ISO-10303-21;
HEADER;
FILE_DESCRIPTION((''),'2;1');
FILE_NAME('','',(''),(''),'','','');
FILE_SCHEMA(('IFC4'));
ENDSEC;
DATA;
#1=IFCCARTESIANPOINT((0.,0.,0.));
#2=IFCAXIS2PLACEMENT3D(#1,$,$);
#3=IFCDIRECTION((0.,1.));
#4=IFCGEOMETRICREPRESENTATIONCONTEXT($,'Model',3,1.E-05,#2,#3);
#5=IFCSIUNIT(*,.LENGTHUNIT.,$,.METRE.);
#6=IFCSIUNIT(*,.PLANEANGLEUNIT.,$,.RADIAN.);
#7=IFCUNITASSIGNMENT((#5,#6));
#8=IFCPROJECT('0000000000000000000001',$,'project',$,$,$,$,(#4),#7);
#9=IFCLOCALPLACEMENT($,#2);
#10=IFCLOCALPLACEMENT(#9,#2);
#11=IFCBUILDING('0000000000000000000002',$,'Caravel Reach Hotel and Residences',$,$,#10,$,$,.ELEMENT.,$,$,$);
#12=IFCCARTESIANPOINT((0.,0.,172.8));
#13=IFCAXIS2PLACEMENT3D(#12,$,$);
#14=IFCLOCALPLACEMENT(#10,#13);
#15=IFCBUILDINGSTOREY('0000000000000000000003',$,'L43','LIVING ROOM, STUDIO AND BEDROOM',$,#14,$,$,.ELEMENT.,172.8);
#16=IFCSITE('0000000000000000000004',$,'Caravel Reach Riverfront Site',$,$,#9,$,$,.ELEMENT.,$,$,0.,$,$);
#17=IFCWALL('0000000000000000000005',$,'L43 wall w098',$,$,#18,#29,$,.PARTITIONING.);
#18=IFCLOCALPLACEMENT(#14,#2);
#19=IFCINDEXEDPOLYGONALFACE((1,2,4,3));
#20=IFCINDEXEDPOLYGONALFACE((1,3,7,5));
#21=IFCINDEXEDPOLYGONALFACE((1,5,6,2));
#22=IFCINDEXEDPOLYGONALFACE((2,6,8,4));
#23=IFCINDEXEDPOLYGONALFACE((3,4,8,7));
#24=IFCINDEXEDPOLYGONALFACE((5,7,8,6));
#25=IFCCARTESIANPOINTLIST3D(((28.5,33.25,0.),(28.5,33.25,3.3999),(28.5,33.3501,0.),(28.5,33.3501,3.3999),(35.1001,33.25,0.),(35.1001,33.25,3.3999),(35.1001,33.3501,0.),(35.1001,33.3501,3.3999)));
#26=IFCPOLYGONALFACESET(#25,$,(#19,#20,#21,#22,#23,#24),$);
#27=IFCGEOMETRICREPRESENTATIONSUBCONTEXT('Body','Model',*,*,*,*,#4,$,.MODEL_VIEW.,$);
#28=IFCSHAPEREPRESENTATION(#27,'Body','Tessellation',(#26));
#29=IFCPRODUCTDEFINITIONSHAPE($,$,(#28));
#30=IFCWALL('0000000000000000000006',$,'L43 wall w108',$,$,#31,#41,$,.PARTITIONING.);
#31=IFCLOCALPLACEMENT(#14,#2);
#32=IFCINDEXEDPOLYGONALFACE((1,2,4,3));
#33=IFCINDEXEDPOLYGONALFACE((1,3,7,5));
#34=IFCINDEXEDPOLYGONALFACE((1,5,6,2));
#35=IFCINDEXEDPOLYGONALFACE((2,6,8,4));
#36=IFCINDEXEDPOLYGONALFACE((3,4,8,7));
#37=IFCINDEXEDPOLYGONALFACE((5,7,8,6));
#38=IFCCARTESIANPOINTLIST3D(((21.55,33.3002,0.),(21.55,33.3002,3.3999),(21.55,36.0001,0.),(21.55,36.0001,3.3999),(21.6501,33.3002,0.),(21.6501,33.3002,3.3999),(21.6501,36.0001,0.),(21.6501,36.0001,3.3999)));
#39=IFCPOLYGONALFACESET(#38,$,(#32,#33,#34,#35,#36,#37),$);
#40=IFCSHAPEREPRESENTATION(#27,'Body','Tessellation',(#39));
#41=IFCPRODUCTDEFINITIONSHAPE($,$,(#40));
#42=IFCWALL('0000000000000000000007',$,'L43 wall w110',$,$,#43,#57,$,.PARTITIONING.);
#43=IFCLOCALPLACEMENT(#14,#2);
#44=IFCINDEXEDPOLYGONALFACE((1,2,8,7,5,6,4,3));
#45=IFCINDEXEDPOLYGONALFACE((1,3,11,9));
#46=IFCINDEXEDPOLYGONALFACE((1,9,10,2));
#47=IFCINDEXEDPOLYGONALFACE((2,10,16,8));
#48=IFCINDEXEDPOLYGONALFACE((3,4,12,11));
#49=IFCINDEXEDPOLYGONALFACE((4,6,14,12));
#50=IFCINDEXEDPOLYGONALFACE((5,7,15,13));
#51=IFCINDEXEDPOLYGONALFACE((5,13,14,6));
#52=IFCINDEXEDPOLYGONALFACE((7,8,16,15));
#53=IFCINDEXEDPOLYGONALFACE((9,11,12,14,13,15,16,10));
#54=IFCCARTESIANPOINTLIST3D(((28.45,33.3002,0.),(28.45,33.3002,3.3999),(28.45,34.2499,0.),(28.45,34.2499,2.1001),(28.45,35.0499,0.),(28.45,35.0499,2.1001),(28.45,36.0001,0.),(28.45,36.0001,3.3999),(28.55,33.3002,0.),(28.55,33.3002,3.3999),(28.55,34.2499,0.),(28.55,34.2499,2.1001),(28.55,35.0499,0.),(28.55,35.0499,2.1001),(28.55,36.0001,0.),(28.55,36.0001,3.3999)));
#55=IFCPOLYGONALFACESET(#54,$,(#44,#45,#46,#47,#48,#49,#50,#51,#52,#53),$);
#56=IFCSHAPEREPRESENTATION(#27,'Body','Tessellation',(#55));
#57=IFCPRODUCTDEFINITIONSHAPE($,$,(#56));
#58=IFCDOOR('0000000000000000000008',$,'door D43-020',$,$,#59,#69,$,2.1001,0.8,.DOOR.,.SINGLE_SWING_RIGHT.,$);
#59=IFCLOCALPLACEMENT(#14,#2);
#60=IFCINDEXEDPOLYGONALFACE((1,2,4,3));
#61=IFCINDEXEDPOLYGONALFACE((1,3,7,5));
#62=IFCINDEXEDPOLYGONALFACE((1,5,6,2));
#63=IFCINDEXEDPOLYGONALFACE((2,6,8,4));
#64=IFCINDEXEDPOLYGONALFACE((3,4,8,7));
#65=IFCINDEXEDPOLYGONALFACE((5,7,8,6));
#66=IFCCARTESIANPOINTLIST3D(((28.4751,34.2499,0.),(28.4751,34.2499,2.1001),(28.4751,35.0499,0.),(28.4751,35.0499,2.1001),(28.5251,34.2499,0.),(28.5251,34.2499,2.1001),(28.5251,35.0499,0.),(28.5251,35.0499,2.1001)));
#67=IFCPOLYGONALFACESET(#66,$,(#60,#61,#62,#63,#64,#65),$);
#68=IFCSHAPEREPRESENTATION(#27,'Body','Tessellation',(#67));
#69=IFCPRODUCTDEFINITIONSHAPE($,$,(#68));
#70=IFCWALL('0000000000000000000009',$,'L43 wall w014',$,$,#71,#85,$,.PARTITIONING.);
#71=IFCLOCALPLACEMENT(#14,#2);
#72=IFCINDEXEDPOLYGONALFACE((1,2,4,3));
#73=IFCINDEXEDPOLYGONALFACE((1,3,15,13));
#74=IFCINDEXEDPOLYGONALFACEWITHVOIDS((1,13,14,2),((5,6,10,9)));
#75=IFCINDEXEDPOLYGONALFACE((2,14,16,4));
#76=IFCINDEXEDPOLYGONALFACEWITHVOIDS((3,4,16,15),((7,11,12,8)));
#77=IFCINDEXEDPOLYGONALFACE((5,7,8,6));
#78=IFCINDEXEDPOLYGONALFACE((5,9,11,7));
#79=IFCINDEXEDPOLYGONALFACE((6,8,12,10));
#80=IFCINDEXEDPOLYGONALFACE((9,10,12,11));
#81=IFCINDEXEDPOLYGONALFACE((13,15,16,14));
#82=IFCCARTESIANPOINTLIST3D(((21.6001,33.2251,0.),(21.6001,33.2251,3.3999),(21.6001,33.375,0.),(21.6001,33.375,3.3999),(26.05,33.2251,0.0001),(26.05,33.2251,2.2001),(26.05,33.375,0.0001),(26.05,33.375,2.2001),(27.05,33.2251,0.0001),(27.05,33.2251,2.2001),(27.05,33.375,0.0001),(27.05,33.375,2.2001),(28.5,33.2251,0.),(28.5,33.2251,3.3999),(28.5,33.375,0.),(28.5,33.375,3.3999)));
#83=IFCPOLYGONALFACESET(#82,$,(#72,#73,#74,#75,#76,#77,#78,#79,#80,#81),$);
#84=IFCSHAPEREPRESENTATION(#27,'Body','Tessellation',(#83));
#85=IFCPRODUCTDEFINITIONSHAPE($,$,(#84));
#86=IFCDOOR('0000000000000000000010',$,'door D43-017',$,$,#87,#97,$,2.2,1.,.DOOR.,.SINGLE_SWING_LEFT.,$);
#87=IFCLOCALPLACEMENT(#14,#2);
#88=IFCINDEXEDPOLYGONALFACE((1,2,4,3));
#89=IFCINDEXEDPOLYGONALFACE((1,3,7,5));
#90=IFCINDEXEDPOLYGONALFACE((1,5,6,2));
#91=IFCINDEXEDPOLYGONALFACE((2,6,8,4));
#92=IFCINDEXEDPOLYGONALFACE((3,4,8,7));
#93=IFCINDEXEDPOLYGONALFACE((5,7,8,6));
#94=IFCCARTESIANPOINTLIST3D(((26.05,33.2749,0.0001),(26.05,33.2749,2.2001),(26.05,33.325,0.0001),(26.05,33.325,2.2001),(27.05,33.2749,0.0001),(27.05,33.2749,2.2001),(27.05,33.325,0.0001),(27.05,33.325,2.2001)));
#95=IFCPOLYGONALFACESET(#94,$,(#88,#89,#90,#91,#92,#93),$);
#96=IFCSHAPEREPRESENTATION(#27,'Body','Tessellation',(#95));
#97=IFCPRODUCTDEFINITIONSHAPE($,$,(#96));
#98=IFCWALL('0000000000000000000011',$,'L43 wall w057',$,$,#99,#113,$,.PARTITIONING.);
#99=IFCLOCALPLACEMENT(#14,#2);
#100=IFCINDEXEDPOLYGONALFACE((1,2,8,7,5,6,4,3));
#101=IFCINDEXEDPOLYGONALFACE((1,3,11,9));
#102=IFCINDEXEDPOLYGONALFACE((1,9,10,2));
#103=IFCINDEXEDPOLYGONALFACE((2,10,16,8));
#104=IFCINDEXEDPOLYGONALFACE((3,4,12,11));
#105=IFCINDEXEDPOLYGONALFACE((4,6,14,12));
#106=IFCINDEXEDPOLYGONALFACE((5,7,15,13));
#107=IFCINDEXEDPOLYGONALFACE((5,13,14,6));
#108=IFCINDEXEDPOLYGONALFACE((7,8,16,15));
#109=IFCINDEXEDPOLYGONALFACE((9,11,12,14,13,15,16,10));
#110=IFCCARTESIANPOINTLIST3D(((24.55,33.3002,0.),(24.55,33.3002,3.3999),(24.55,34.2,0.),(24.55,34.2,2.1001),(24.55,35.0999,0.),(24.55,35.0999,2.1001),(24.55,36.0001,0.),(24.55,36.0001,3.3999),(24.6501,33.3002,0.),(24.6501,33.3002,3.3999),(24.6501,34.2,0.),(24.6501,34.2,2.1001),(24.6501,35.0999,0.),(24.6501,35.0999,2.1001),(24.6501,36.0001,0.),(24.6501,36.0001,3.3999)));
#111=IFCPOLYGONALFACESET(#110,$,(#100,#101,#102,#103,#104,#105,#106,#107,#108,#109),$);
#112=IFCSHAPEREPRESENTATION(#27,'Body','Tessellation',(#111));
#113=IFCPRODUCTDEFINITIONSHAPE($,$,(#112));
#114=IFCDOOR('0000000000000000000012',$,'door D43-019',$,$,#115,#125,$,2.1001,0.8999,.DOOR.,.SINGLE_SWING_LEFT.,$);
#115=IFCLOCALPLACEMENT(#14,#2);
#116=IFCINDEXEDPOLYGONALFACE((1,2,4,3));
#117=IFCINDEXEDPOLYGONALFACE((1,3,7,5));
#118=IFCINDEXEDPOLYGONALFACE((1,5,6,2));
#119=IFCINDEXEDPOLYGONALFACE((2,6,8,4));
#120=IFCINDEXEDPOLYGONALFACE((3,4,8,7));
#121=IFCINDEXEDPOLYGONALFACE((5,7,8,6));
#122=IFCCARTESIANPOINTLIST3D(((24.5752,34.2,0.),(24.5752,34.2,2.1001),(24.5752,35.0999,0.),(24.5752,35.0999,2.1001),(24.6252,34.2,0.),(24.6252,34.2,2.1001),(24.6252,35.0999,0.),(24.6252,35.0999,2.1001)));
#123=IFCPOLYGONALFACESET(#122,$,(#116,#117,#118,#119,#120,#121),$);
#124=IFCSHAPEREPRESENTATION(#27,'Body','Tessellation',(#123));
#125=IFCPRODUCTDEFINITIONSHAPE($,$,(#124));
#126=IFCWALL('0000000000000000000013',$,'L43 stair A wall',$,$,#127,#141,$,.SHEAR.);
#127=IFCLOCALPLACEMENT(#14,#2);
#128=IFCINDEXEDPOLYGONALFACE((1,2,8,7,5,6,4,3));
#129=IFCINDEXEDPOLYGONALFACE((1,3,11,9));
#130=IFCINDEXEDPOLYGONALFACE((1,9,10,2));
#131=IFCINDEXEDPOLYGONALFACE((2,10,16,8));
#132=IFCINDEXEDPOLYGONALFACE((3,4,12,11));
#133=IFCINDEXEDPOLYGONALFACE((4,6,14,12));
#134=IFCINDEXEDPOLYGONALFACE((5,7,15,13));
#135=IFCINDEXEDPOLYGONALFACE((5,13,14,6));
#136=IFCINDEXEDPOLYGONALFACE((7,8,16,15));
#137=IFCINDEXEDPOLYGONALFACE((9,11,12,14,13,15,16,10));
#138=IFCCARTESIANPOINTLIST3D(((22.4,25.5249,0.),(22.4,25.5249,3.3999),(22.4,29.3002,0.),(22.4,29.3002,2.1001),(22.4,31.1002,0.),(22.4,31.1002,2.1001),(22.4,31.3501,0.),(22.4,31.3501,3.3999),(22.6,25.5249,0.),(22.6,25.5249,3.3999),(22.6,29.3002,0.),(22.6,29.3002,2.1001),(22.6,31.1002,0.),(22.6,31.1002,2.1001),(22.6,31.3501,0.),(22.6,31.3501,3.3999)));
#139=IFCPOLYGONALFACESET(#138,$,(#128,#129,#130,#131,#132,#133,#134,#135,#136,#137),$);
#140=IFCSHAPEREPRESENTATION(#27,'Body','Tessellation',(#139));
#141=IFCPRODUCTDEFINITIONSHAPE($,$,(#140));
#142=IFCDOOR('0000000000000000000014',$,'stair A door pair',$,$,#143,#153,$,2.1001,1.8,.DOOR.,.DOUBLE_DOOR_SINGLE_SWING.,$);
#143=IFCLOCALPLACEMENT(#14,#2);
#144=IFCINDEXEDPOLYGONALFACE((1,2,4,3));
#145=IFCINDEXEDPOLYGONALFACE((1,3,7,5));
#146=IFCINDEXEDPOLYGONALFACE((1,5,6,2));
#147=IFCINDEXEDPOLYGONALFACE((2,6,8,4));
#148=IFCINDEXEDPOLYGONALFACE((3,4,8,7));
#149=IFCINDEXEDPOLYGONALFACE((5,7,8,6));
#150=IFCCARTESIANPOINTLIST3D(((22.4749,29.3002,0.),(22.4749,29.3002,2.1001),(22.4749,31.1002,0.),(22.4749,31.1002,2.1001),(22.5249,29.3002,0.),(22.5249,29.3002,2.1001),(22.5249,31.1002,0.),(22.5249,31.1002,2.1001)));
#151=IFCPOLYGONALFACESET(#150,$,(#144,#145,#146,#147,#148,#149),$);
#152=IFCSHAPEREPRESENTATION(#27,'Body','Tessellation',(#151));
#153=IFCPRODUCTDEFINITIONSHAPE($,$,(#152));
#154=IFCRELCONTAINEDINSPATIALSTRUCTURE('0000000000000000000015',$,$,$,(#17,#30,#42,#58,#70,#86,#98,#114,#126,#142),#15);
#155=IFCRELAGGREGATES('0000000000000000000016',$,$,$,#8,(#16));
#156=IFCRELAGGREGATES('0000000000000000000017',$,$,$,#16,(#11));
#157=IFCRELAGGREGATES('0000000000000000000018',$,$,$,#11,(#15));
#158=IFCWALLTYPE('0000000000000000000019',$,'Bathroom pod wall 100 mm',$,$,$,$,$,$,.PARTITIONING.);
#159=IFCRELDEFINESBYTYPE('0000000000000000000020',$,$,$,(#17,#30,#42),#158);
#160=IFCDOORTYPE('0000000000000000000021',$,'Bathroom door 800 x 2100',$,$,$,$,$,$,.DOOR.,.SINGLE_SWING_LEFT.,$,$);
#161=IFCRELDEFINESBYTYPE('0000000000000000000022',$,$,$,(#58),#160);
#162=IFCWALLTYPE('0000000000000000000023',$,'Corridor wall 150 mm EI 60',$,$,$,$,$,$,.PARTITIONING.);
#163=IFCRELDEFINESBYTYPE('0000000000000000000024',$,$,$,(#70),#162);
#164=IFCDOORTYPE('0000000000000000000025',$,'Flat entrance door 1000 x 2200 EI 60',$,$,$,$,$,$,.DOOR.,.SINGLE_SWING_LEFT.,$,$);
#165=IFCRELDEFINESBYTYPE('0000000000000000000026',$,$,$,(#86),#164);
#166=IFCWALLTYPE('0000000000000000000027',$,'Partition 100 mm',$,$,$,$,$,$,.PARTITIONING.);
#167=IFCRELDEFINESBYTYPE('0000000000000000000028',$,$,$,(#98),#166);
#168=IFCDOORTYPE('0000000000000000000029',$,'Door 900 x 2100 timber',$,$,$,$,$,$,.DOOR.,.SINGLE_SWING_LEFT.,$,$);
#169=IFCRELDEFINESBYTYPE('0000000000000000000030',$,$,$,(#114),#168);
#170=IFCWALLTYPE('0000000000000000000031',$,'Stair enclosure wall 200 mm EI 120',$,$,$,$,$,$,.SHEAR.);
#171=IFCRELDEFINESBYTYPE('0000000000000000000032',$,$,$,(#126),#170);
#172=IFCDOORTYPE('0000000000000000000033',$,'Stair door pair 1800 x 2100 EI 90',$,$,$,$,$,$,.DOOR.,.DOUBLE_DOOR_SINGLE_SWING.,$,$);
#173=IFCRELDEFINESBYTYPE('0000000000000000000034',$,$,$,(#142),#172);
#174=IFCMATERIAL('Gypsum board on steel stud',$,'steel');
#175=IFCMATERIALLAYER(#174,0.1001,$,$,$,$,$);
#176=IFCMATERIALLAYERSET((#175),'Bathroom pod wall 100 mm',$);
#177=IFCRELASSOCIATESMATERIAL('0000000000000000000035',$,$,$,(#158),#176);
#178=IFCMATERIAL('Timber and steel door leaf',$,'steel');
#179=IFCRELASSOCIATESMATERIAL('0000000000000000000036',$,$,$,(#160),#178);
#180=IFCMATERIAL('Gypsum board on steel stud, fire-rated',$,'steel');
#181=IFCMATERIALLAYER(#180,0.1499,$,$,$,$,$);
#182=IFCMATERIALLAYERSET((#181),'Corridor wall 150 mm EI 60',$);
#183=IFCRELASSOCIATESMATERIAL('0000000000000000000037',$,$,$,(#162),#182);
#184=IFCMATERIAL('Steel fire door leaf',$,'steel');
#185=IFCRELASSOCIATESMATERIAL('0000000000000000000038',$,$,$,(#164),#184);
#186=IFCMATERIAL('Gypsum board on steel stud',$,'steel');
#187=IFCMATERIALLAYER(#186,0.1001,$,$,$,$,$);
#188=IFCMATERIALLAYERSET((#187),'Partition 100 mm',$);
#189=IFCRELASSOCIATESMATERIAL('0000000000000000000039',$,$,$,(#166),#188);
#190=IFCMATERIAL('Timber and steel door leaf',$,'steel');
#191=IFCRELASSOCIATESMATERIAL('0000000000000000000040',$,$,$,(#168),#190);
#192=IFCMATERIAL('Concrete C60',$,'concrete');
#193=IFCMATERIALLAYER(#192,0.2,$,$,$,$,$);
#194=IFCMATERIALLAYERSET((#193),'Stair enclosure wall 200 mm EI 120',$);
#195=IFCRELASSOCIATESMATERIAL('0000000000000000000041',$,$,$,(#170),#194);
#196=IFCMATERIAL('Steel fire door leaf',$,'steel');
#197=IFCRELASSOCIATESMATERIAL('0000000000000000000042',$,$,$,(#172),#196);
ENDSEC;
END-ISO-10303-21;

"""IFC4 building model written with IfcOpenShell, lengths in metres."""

from ifc_helpers import new_model, si_unit, direction, frame, frame_2d, origin, place, context, subcontext, project, spatial, rectangle, extrude, material, layer, layer_set, type_object, element, fill, save


model = new_model("IFC4")

# Units and contexts
model_context = context("Model", 3, precision=1e-05, world=origin(), true_north=direction((0.0, 1.0)))
body_context = subcontext(model_context, "Body", "Model", "MODEL_VIEW")
ifc_project = project(units=[si_unit("LENGTHUNIT", "METRE"), si_unit("PLANEANGLEUNIT", "RADIAN")], contexts=[model_context])

# Site, building, storey
site_placement = place(None, origin())
site = spatial("IfcSite", under=ifc_project, at=site_placement, Name="Caravel Reach Riverfront Site", CompositionType="ELEMENT", RefElevation=0.0)
building_placement = place(site_placement, origin())
building = spatial("IfcBuilding", under=site, at=building_placement, Name="Caravel Reach Hotel and Residences", CompositionType="ELEMENT")
storey_placement = place(building_placement, frame((0.0, 0.0, 172.8)))
storey = spatial("IfcBuildingStorey", under=building, at=storey_placement, Name="L43", Description="LIVING ROOM, STUDIO AND BEDROOM", CompositionType="ELEMENT", Elevation=172.8)

# Walls
ifc_material_1 = material(Name="Gypsum board on steel stud", Category="steel")
ifc_layer_1 = layer(ifc_material_1, 0.1001)
ifc_layer_set_1 = layer_set([ifc_layer_1], Name="Bathroom pod wall 100 mm")
wall_type_1 = type_object("IfcWallType", Name="Bathroom pod wall 100 mm", PredefinedType="PARTITIONING", material=ifc_layer_set_1)
wall_1_placement = place(storey_placement, frame((28.5, 33.3, 0.0), z_axis=(0.0, 0.0, 1.0), x_axis=(1.0, 0.0, 0.0)))
element("IfcWall", 1, at=wall_1_placement, inside=storey, type_object=wall_type_1, Name="L43 wall w098", PredefinedType="PARTITIONING", context=body_context, shape_type="SweptSolid", body=[
    extrude(rectangle(XDim=6.6001, YDim=0.1001, at=frame_2d((3.3, 0.0))), origin(), (0.0, 0.0, 1.0), 3.3999),
])
wall_2_placement = place(storey_placement, frame((21.6001, 33.3, 0.0), z_axis=(0.0, 0.0, 1.0), x_axis=(0.0, 1.0, 0.0)))
element("IfcWall", 2, at=wall_2_placement, inside=storey, type_object=wall_type_1, Name="L43 wall w108", PredefinedType="PARTITIONING", context=body_context, shape_type="SweptSolid", body=[
    extrude(rectangle(XDim=2.7, YDim=0.1001, at=frame_2d((1.3501, 0.0))), origin(), (0.0, 0.0, 1.0), 3.3999),
])

# Walls, openings, doors
wall_3_placement = place(storey_placement, frame((28.5, 33.3, 0.0), z_axis=(0.0, 0.0, 1.0), x_axis=(0.0, 1.0, 0.0)))
wall_3 = element("IfcWall", 3, at=wall_3_placement, inside=storey, type_object=wall_type_1, Name="L43 wall w110", PredefinedType="PARTITIONING", context=body_context, shape_type="SweptSolid", body=[
    extrude(rectangle(XDim=2.7, YDim=0.1001, at=frame_2d((1.3501, 0.0))), origin(), (0.0, 0.0, 1.0), 3.3999),
])
opening_1_placement = place(wall_3_placement, frame((0.95, 0.0, 0.0)))
opening_1 = element("IfcOpeningElement", 4, at=opening_1_placement, cuts=wall_3, PredefinedType="OPENING", context=body_context, shape_type="SweptSolid", body=[
    extrude(rectangle(XDim=0.8, YDim=2.1001, at=frame_2d((0.3999, 1.05))), frame((0.0, 0.0601, 0.0), z_axis=(0.0, -1.0, 0.0), x_axis=(1.0, 0.0, 0.0)), (0.0, 0.0, 1.0), 0.1201),
])
ifc_material_2 = material(Name="Timber and steel door leaf", Category="steel")
door_type_1 = type_object("IfcDoorType", Name="Bathroom door 800 x 2100", OperationType="SINGLE_SWING_LEFT", PredefinedType="DOOR", material=ifc_material_2)
door_1_placement = place(opening_1_placement, origin())
door_1 = element("IfcDoor", 5, at=door_1_placement, inside=storey, type_object=door_type_1, Name="door D43-020", OperationType="SINGLE_SWING_RIGHT", OverallHeight=2.1001, OverallWidth=0.8, PredefinedType="DOOR", context=body_context, shape_type="SweptSolid", body=[
    extrude(rectangle(XDim=0.8, YDim=2.1001, at=frame_2d((0.3999, 1.05))), frame((0.0, 0.0249, 0.0), z_axis=(0.0, -1.0, 0.0), x_axis=(1.0, 0.0, 0.0)), (0.0, 0.0, 1.0), 0.05),
])
fill(opening_1, door_1)
ifc_material_3 = material(Name="Gypsum board on steel stud, fire-rated", Category="steel")
ifc_layer_2 = layer(ifc_material_3, 0.1499)
ifc_layer_set_2 = layer_set([ifc_layer_2], Name="Corridor wall 150 mm EI 60")
wall_type_2 = type_object("IfcWallType", Name="Corridor wall 150 mm EI 60", PredefinedType="PARTITIONING", material=ifc_layer_set_2)
wall_4_placement = place(storey_placement, frame((21.6001, 33.3, 0.0), z_axis=(0.0, 0.0, 1.0), x_axis=(1.0, 0.0, 0.0)))
wall_4 = element("IfcWall", 6, at=wall_4_placement, inside=storey, type_object=wall_type_2, Name="L43 wall w014", PredefinedType="PARTITIONING", context=body_context, shape_type="SweptSolid", body=[
    extrude(rectangle(XDim=6.8999, YDim=0.1499, at=frame_2d((3.45, 0.0))), origin(), (0.0, 0.0, 1.0), 3.3999),
])
opening_2_placement = place(wall_4_placement, frame((4.45, 0.0, 0.0)))
opening_2 = element("IfcOpeningElement", 7, at=opening_2_placement, cuts=wall_4, PredefinedType="OPENING", context=body_context, shape_type="SweptSolid", body=[
    extrude(rectangle(XDim=1.0, YDim=2.2, at=frame_2d((0.5, 1.1001))), frame((0.0, 0.085, 0.0), z_axis=(0.0, -1.0, 0.0), x_axis=(1.0, 0.0, 0.0)), (0.0, 0.0, 1.0), 0.1699),
])
ifc_material_4 = material(Name="Steel fire door leaf", Category="steel")
door_type_2 = type_object("IfcDoorType", Name="Flat entrance door 1000 x 2200 EI 60", OperationType="SINGLE_SWING_LEFT", PredefinedType="DOOR", material=ifc_material_4)
door_2_placement = place(opening_2_placement, origin())
door_2 = element("IfcDoor", 8, at=door_2_placement, inside=storey, type_object=door_type_2, Name="door D43-017", OperationType="SINGLE_SWING_LEFT", OverallHeight=2.2, OverallWidth=1.0, PredefinedType="DOOR", context=body_context, shape_type="SweptSolid", body=[
    extrude(rectangle(XDim=1.0, YDim=2.2, at=frame_2d((0.5, 1.1001))), frame((0.0, 0.0249, 0.0), z_axis=(0.0, -1.0, 0.0), x_axis=(1.0, 0.0, 0.0)), (0.0, 0.0, 1.0), 0.05),
])
fill(opening_2, door_2)
ifc_material_5 = material(Name="Gypsum board on steel stud", Category="steel")
ifc_layer_3 = layer(ifc_material_5, 0.1001)
ifc_layer_set_3 = layer_set([ifc_layer_3], Name="Partition 100 mm")
wall_type_3 = type_object("IfcWallType", Name="Partition 100 mm", PredefinedType="PARTITIONING", material=ifc_layer_set_3)
wall_5_placement = place(storey_placement, frame((24.6001, 33.3, 0.0), z_axis=(0.0, 0.0, 1.0), x_axis=(0.0, 1.0, 0.0)))
wall_5 = element("IfcWall", 9, at=wall_5_placement, inside=storey, type_object=wall_type_3, Name="L43 wall w057", PredefinedType="PARTITIONING", context=body_context, shape_type="SweptSolid", body=[
    extrude(rectangle(XDim=2.7, YDim=0.1001, at=frame_2d((1.3501, 0.0))), origin(), (0.0, 0.0, 1.0), 3.3999),
])
opening_3_placement = place(wall_5_placement, frame((0.8999, 0.0, 0.0)))
opening_3 = element("IfcOpeningElement", 10, at=opening_3_placement, cuts=wall_5, PredefinedType="OPENING", context=body_context, shape_type="SweptSolid", body=[
    extrude(rectangle(XDim=0.8999, YDim=2.1001, at=frame_2d((0.45, 1.05))), frame((0.0, 0.0601, 0.0), z_axis=(0.0, -1.0, 0.0), x_axis=(1.0, 0.0, 0.0)), (0.0, 0.0, 1.0), 0.1201),
])
ifc_material_6 = material(Name="Timber and steel door leaf", Category="steel")
door_type_3 = type_object("IfcDoorType", Name="Door 900 x 2100 timber", OperationType="SINGLE_SWING_LEFT", PredefinedType="DOOR", material=ifc_material_6)
door_3_placement = place(opening_3_placement, origin())
door_3 = element("IfcDoor", 11, at=door_3_placement, inside=storey, type_object=door_type_3, Name="door D43-019", OperationType="SINGLE_SWING_LEFT", OverallHeight=2.1001, OverallWidth=0.8999, PredefinedType="DOOR", context=body_context, shape_type="SweptSolid", body=[
    extrude(rectangle(XDim=0.8999, YDim=2.1001, at=frame_2d((0.45, 1.05))), frame((0.0, 0.0249, 0.0), z_axis=(0.0, -1.0, 0.0), x_axis=(1.0, 0.0, 0.0)), (0.0, 0.0, 1.0), 0.05),
])
fill(opening_3, door_3)
ifc_material_7 = material(Name="Concrete C60", Category="concrete")
ifc_layer_4 = layer(ifc_material_7, 0.2)
ifc_layer_set_4 = layer_set([ifc_layer_4], Name="Stair enclosure wall 200 mm EI 120")
wall_type_4 = type_object("IfcWallType", Name="Stair enclosure wall 200 mm EI 120", PredefinedType="SHEAR", material=ifc_layer_set_4)
wall_6_placement = place(storey_placement, frame((22.5, 31.3501, 0.0), z_axis=(0.0, 0.0, 1.0), x_axis=(0.0, -1.0, 0.0)))
wall_6 = element("IfcWall", 12, at=wall_6_placement, inside=storey, type_object=wall_type_4, Name="L43 stair A wall", PredefinedType="SHEAR", context=body_context, shape_type="SweptSolid", body=[
    extrude(rectangle(XDim=5.8252, YDim=0.2, at=frame_2d((2.9126, 0.0))), origin(), (0.0, 0.0, 1.0), 3.3999),
])
opening_4_placement = place(wall_6_placement, frame((0.25, 0.0, 0.0)))
opening_4 = element("IfcOpeningElement", 13, at=opening_4_placement, cuts=wall_6, PredefinedType="OPENING", context=body_context, shape_type="SweptSolid", body=[
    extrude(rectangle(XDim=1.8, YDim=2.1001, at=frame_2d((0.8999, 1.05))), frame((0.0, 0.1099, 0.0), z_axis=(0.0, -1.0, 0.0), x_axis=(1.0, 0.0, 0.0)), (0.0, 0.0, 1.0), 0.22),
])
ifc_material_8 = material(Name="Steel fire door leaf", Category="steel")
door_type_4 = type_object("IfcDoorType", Name="Stair door pair 1800 x 2100 EI 90", OperationType="DOUBLE_DOOR_SINGLE_SWING", PredefinedType="DOOR", material=ifc_material_8)
door_4_placement = place(opening_4_placement, origin())
door_4 = element("IfcDoor", 14, at=door_4_placement, inside=storey, type_object=door_type_4, Name="stair A door pair", OperationType="DOUBLE_DOOR_SINGLE_SWING", OverallHeight=2.1001, OverallWidth=1.8, PredefinedType="DOOR", context=body_context, shape_type="SweptSolid", body=[
    extrude(rectangle(XDim=1.8, YDim=2.1001, at=frame_2d((0.8999, 1.05))), frame((0.0, 0.0249, 0.0), z_axis=(0.0, -1.0, 0.0), x_axis=(1.0, 0.0, 0.0)), (0.0, 0.0, 1.0), 0.05),
])
fill(opening_4, door_4)

save(model, "model.ifc")
